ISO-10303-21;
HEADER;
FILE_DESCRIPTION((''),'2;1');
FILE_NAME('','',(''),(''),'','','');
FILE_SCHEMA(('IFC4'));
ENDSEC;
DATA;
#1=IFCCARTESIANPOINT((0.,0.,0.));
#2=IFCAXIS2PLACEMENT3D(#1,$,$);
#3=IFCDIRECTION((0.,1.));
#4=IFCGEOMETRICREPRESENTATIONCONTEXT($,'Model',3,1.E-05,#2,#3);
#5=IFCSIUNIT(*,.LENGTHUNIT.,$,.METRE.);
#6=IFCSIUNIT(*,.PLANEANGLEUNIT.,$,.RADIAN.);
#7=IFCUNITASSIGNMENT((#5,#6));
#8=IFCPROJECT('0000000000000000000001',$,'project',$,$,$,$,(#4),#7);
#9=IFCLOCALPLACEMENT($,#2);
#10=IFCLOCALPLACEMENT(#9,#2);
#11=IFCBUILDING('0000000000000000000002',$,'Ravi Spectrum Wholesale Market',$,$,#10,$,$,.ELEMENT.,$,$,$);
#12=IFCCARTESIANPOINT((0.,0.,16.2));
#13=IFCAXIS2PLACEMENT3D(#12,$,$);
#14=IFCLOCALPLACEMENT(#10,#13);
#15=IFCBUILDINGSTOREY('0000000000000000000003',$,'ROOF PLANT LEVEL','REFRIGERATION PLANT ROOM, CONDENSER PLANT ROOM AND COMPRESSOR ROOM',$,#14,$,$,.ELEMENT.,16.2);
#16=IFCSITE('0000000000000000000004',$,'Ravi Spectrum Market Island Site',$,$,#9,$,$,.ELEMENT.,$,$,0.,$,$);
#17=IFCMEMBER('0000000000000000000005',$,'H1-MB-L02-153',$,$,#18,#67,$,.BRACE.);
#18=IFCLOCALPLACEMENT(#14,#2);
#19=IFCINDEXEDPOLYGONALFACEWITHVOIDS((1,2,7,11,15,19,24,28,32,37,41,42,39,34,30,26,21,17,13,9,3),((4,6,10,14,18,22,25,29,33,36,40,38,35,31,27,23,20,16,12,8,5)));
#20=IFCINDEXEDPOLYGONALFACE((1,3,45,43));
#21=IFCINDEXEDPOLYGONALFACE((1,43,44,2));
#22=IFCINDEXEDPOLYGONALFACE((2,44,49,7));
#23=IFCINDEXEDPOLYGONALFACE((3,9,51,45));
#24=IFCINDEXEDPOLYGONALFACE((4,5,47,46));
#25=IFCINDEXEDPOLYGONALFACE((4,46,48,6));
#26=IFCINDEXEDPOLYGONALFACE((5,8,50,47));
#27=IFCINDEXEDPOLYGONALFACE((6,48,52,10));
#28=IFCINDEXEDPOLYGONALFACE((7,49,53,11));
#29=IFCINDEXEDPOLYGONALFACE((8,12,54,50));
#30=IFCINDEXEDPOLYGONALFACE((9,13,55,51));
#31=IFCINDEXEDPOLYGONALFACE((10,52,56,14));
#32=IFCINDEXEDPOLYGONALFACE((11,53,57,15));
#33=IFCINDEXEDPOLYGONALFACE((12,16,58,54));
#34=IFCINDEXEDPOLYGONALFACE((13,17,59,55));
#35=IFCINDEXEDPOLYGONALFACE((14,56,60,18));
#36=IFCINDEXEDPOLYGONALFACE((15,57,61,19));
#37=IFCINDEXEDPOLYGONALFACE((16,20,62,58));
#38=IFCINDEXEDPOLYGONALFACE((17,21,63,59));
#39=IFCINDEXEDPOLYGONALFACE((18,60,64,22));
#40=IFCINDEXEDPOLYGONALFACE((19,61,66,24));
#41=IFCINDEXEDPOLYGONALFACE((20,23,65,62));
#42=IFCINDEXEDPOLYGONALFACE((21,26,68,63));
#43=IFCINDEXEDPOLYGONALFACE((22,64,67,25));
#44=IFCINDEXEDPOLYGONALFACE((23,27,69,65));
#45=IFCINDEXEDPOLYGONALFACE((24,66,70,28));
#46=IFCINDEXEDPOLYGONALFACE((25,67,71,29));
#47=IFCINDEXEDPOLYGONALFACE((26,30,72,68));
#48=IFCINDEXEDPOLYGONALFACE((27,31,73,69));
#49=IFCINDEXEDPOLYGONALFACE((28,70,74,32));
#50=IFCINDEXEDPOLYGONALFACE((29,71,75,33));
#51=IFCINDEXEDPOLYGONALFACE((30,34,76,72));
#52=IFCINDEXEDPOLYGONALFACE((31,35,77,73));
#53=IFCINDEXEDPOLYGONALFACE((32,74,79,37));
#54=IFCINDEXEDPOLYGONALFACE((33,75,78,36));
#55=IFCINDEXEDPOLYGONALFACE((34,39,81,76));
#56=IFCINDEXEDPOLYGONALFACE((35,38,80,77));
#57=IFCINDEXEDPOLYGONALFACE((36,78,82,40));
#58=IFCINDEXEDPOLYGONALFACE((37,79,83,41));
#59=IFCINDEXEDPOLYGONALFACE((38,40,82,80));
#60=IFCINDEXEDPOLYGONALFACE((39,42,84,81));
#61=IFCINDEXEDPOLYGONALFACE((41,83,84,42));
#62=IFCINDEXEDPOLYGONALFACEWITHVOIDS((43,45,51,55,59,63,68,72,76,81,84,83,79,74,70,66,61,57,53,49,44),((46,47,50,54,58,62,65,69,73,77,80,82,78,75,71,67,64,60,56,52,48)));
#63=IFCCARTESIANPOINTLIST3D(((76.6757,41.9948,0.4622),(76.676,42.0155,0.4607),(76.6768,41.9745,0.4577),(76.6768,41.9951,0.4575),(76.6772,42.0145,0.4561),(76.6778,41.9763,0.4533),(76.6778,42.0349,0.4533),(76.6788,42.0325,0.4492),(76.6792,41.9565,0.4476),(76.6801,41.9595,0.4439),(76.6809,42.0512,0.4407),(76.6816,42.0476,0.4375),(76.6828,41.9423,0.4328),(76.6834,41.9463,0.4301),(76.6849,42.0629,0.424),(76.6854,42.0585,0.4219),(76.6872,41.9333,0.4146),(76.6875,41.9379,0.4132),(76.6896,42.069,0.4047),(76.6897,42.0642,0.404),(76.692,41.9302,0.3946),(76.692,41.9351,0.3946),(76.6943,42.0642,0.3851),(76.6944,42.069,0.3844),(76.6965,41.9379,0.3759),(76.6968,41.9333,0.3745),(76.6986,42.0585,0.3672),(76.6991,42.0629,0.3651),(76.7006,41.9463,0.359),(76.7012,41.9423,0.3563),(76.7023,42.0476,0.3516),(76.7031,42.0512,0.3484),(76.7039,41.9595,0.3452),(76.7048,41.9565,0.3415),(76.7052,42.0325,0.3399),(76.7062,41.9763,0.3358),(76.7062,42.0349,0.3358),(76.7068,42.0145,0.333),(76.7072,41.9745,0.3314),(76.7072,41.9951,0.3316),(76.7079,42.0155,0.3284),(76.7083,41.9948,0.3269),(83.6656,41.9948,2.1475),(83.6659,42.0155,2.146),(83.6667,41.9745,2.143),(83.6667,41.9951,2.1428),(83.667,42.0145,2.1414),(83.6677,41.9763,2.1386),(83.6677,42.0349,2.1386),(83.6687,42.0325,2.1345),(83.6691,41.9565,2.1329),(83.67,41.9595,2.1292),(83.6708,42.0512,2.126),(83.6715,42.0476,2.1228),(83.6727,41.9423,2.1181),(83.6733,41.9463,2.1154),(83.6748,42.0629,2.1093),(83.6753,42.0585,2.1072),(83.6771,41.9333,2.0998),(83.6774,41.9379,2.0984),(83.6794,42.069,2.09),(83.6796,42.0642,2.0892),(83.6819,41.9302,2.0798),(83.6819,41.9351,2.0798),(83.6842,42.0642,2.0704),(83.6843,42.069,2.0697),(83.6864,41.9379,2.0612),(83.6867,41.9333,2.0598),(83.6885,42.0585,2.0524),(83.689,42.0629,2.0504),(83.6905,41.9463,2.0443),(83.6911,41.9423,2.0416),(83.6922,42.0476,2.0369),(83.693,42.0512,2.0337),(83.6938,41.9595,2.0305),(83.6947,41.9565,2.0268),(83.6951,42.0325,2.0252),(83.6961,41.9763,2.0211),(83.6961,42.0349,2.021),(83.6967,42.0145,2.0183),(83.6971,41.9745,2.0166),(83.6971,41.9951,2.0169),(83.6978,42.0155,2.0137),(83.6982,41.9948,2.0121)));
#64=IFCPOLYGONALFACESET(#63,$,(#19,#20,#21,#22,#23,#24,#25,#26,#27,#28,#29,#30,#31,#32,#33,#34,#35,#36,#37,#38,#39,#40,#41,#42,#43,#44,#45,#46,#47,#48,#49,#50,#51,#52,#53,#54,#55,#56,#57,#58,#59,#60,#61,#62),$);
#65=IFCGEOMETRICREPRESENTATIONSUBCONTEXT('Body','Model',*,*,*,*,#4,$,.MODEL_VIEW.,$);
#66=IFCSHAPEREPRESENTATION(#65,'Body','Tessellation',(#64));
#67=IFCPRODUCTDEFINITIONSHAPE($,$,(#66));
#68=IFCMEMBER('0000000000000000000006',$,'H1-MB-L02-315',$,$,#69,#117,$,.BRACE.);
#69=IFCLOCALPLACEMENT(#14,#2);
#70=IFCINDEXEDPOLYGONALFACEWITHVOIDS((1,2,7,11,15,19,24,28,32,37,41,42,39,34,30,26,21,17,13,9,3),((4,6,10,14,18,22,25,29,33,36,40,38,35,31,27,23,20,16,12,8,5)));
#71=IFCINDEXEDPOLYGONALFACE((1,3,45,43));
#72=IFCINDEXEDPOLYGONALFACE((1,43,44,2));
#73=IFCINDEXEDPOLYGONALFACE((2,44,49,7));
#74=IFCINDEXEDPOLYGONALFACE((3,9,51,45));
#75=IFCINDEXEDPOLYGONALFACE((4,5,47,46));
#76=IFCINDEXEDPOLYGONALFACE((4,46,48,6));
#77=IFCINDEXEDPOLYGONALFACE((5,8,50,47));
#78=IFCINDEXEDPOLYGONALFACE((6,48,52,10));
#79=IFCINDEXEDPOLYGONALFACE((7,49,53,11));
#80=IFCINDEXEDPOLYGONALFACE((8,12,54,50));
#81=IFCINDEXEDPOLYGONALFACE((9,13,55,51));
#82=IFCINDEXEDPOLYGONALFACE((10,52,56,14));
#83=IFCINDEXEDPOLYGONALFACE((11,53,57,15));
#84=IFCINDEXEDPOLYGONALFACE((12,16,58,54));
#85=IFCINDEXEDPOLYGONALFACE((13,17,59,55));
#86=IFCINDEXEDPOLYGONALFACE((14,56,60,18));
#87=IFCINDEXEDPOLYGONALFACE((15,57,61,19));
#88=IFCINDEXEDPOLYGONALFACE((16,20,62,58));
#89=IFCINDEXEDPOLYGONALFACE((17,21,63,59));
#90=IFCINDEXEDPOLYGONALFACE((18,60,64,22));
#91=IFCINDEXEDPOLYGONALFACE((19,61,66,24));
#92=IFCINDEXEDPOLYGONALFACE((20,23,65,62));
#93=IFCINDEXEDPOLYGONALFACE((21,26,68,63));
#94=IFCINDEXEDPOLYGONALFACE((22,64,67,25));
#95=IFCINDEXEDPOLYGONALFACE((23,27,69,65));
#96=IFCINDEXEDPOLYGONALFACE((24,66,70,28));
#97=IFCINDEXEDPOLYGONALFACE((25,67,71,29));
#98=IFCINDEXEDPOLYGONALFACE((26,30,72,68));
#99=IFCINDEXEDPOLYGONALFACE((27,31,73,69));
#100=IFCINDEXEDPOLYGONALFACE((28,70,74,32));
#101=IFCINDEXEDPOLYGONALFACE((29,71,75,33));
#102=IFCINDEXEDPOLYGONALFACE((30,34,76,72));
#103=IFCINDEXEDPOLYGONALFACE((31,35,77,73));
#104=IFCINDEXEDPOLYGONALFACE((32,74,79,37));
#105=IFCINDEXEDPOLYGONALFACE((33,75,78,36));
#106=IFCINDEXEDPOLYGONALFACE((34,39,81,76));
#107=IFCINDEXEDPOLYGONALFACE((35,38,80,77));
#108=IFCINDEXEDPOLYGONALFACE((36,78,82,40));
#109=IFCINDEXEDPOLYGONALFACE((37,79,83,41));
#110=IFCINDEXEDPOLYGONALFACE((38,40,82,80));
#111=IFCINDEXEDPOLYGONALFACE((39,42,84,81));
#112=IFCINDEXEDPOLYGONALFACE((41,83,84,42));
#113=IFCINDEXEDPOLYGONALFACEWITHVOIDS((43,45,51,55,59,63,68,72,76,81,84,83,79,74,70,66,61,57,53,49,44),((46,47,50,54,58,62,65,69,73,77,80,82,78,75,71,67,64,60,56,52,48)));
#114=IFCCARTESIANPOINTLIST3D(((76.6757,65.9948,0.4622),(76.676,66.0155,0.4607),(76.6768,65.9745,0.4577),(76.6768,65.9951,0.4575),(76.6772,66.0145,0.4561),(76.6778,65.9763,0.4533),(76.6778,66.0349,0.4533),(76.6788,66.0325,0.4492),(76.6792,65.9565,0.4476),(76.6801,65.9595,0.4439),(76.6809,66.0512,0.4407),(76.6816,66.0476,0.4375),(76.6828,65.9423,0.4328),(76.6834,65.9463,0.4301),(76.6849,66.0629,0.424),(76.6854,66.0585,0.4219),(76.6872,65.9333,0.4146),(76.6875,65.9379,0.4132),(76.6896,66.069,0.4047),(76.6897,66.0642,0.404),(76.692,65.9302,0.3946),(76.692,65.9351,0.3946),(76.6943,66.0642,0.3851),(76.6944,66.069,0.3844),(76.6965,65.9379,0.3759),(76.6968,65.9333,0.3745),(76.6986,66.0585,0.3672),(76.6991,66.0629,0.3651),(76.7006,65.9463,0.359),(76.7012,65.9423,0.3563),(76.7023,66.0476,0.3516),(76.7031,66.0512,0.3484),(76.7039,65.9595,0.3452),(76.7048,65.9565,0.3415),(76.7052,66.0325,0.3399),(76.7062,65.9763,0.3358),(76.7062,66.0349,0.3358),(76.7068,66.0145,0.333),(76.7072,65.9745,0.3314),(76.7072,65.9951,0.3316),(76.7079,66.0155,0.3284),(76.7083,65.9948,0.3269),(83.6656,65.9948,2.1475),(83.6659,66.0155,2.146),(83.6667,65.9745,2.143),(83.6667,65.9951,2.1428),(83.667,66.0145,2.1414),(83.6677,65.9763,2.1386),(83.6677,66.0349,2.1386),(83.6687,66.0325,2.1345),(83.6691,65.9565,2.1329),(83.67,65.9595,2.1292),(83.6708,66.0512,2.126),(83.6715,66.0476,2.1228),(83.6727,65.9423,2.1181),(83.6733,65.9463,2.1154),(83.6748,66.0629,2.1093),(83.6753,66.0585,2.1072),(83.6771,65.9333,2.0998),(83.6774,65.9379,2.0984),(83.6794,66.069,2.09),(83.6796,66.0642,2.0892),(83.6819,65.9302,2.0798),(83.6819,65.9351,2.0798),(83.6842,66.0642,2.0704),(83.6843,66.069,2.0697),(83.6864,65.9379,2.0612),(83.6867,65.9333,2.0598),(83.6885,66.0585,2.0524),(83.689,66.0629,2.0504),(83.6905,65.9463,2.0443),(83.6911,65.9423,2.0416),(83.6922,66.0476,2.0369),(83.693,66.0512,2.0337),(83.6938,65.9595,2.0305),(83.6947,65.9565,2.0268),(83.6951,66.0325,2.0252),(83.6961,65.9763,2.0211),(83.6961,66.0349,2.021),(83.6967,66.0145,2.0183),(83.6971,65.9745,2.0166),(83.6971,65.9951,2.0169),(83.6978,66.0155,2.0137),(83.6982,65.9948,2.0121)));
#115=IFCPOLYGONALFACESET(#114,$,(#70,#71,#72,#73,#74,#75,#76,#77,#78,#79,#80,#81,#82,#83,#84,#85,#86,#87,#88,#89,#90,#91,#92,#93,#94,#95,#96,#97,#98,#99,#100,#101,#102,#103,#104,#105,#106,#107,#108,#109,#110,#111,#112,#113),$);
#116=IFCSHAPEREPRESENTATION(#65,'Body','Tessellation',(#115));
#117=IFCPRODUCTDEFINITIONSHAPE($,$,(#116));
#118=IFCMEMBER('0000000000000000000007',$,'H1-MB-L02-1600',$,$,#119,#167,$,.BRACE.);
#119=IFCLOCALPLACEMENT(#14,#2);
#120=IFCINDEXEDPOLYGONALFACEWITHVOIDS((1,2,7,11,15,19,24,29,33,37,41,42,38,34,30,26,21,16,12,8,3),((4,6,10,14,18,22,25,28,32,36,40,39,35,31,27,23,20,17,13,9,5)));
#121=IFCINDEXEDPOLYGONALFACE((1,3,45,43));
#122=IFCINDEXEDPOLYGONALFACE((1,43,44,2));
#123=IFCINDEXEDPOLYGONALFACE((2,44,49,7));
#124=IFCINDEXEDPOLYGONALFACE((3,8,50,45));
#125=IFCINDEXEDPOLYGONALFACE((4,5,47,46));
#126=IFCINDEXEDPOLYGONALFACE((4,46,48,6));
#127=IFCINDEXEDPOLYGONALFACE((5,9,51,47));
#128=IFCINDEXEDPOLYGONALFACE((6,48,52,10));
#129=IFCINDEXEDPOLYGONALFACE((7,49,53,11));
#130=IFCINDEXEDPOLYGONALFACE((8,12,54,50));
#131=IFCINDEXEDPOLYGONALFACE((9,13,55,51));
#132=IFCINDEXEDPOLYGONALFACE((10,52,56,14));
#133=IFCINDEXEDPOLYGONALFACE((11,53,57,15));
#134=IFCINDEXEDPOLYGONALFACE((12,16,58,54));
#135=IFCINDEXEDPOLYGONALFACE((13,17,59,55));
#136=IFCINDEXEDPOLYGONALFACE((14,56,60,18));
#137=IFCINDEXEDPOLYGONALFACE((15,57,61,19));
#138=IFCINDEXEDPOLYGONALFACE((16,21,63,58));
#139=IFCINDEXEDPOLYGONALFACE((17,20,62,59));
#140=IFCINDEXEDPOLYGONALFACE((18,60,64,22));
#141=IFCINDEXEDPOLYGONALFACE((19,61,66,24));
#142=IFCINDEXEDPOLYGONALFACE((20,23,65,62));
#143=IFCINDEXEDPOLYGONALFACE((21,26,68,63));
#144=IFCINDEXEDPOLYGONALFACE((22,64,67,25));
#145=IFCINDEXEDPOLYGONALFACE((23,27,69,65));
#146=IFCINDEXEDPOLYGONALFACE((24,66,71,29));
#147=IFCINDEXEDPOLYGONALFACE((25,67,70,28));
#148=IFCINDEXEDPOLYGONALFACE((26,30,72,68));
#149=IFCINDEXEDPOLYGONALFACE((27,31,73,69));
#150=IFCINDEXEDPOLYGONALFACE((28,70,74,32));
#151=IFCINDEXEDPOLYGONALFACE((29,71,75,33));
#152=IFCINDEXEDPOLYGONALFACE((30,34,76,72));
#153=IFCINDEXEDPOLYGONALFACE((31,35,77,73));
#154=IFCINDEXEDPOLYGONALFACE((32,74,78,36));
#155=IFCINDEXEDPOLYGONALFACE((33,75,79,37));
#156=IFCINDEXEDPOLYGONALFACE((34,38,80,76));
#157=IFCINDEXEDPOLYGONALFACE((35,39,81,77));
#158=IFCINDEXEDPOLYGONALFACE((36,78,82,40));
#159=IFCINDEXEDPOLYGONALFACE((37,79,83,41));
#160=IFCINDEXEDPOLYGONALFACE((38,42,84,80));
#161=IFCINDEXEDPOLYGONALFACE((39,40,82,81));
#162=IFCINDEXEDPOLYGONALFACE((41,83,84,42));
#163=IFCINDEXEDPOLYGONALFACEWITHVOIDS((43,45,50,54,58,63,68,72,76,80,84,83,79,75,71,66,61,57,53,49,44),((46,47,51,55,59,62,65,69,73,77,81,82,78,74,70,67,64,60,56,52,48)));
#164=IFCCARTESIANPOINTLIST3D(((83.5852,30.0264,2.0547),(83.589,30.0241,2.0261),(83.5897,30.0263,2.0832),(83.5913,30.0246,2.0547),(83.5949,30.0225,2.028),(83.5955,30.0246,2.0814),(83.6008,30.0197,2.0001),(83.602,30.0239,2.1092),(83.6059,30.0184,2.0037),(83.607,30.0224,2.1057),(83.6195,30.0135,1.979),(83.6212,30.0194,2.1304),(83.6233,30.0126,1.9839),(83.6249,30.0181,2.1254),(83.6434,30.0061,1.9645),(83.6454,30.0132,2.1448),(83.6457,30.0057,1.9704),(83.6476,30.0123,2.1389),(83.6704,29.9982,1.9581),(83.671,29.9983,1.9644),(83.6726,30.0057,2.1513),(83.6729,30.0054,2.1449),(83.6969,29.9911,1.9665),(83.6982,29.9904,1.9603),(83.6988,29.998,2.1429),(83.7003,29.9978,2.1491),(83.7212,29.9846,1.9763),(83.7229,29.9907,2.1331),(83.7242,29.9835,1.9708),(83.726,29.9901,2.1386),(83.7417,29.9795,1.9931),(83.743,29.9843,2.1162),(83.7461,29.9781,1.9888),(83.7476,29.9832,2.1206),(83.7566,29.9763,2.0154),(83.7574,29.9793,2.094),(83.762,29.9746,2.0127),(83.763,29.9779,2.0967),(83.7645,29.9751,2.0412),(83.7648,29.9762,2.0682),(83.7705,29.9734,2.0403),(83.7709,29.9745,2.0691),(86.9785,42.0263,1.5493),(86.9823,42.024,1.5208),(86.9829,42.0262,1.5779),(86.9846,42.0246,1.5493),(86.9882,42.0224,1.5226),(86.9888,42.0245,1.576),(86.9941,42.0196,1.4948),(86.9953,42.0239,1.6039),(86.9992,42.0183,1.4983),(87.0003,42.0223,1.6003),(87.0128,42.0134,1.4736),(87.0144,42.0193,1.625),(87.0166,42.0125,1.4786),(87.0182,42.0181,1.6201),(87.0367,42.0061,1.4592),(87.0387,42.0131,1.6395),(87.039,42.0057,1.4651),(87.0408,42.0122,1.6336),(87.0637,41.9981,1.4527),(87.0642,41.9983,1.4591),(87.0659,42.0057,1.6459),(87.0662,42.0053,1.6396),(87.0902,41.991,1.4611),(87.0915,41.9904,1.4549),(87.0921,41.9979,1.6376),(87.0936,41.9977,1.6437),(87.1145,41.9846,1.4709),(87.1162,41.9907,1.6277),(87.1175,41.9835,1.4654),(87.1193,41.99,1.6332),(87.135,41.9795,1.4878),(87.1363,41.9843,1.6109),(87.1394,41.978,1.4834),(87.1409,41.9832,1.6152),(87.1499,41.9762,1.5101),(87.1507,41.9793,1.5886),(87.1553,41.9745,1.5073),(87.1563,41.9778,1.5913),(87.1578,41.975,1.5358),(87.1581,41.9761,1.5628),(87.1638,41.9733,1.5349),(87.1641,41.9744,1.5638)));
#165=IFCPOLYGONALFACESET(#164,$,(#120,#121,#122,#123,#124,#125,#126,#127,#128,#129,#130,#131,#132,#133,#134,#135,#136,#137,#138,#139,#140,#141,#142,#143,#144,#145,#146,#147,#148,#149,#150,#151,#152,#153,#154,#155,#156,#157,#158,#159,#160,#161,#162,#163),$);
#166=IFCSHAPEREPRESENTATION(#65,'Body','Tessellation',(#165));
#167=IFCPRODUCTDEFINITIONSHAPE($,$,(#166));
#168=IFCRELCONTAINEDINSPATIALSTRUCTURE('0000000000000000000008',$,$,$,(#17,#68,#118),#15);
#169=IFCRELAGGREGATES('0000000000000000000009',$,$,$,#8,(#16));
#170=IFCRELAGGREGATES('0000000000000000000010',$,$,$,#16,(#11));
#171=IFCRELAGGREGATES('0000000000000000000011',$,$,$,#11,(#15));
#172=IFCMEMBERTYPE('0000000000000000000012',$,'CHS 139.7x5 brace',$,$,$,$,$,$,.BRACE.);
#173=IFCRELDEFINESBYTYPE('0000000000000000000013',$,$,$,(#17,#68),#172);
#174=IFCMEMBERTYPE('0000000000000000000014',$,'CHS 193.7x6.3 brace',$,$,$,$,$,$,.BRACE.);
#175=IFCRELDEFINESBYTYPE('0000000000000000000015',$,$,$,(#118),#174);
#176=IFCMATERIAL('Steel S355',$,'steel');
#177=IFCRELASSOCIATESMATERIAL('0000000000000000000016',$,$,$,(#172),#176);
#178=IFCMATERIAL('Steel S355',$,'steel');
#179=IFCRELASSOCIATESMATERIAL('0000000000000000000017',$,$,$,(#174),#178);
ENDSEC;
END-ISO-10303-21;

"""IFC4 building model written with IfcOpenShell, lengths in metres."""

from ifc_helpers import new_model, si_unit, direction, frame, origin, origin_2d, place, context, subcontext, project, spatial, hollow_circle, extrude, material, material_profile, profile_set, type_object, element, save


model = new_model("IFC4")

# Units and contexts
model_context = context("Model", 3, precision=1e-05, world=origin(), true_north=direction((0.0, 1.0)))
body_context = subcontext(model_context, "Body", "Model", "MODEL_VIEW")
ifc_project = project(units=[si_unit("LENGTHUNIT", "METRE"), si_unit("PLANEANGLEUNIT", "RADIAN")], contexts=[model_context])

# Site, building, storey
site_placement = place(None, origin())
site = spatial("IfcSite", under=ifc_project, at=site_placement, Name="Ravi Spectrum Market Island Site", CompositionType="ELEMENT", RefElevation=0.0)
building_placement = place(site_placement, origin())
building = spatial("IfcBuilding", under=site, at=building_placement, Name="Ravi Spectrum Wholesale Market", CompositionType="ELEMENT")
storey_placement = place(building_placement, frame((0.0, 0.0, 16.2)))
storey = spatial("IfcBuildingStorey", under=building, at=storey_placement, Name="ROOF PLANT LEVEL", Description="REFRIGERATION PLANT ROOM, CONDENSER PLANT ROOM AND COMPRESSOR ROOM", CompositionType="ELEMENT", Elevation=16.2)

# Members
ifc_material_1 = material(Name="Steel S355", Category="steel")
ifc_material_profile_1 = material_profile(ifc_material_1, hollow_circle(Radius=0.0698, WallThickness=0.0049, at=origin_2d()))
ifc_profile_set_1 = profile_set([ifc_material_profile_1], Name="Steel S355")
member_type_1 = type_object("IfcMemberType", Name="CHS 139.7x5 brace", PredefinedType="BRACE", material=ifc_profile_set_1)
for number, where, z_axis, x_axis, name in (
    (1, (83.6819, 42.0, 2.0798), (-0.972144, 0.0, -0.234386), (0.0, -1.0, 0.0), "H1-MB-L02-153"),
    (2, (83.6819, 66.0, 2.0798), (-0.972144, 0.0, -0.234386), (0.0, -1.0, 0.0), "H1-MB-L02-315"),
):
    element("IfcMember", number, at=place(storey_placement, frame(where, z_axis=z_axis, x_axis=x_axis)), inside=storey, type_object=member_type_1, Name=name, PredefinedType="BRACE", context=body_context, shape_type="SweptSolid", body=[
        extrude(hollow_circle(Radius=0.0698, WallThickness=0.0049, at=origin_2d()), origin(), (0.0, 0.0, 1.0), 7.1902),
    ])
ifc_material_2 = material(Name="Steel S355", Category="steel")
ifc_material_profile_2 = material_profile(ifc_material_2, hollow_circle(Radius=0.0969, WallThickness=0.0063, at=origin_2d()))
ifc_profile_set_2 = profile_set([ifc_material_profile_2], Name="Steel S355")
member_type_2 = type_object("IfcMemberType", Name="CHS 193.7x6.3 brace", PredefinedType="BRACE", material=ifc_profile_set_2)
member_1_placement = place(storey_placement, frame((83.6785, 30.0, 2.0547), z_axis=(0.271883, 0.961478, -0.040492), x_axis=(-0.962267, 0.272106, 0.0)))
element("IfcMember", 3, at=member_1_placement, inside=storey, type_object=member_type_2, Name="H1-MB-L02-1600", PredefinedType="BRACE", context=body_context, shape_type="SweptSolid", body=[
    extrude(hollow_circle(Radius=0.0969, WallThickness=0.0063, at=origin_2d()), origin(), (0.0, 0.0, 1.0), 12.4807),
])

save(model, "model.ifc")
